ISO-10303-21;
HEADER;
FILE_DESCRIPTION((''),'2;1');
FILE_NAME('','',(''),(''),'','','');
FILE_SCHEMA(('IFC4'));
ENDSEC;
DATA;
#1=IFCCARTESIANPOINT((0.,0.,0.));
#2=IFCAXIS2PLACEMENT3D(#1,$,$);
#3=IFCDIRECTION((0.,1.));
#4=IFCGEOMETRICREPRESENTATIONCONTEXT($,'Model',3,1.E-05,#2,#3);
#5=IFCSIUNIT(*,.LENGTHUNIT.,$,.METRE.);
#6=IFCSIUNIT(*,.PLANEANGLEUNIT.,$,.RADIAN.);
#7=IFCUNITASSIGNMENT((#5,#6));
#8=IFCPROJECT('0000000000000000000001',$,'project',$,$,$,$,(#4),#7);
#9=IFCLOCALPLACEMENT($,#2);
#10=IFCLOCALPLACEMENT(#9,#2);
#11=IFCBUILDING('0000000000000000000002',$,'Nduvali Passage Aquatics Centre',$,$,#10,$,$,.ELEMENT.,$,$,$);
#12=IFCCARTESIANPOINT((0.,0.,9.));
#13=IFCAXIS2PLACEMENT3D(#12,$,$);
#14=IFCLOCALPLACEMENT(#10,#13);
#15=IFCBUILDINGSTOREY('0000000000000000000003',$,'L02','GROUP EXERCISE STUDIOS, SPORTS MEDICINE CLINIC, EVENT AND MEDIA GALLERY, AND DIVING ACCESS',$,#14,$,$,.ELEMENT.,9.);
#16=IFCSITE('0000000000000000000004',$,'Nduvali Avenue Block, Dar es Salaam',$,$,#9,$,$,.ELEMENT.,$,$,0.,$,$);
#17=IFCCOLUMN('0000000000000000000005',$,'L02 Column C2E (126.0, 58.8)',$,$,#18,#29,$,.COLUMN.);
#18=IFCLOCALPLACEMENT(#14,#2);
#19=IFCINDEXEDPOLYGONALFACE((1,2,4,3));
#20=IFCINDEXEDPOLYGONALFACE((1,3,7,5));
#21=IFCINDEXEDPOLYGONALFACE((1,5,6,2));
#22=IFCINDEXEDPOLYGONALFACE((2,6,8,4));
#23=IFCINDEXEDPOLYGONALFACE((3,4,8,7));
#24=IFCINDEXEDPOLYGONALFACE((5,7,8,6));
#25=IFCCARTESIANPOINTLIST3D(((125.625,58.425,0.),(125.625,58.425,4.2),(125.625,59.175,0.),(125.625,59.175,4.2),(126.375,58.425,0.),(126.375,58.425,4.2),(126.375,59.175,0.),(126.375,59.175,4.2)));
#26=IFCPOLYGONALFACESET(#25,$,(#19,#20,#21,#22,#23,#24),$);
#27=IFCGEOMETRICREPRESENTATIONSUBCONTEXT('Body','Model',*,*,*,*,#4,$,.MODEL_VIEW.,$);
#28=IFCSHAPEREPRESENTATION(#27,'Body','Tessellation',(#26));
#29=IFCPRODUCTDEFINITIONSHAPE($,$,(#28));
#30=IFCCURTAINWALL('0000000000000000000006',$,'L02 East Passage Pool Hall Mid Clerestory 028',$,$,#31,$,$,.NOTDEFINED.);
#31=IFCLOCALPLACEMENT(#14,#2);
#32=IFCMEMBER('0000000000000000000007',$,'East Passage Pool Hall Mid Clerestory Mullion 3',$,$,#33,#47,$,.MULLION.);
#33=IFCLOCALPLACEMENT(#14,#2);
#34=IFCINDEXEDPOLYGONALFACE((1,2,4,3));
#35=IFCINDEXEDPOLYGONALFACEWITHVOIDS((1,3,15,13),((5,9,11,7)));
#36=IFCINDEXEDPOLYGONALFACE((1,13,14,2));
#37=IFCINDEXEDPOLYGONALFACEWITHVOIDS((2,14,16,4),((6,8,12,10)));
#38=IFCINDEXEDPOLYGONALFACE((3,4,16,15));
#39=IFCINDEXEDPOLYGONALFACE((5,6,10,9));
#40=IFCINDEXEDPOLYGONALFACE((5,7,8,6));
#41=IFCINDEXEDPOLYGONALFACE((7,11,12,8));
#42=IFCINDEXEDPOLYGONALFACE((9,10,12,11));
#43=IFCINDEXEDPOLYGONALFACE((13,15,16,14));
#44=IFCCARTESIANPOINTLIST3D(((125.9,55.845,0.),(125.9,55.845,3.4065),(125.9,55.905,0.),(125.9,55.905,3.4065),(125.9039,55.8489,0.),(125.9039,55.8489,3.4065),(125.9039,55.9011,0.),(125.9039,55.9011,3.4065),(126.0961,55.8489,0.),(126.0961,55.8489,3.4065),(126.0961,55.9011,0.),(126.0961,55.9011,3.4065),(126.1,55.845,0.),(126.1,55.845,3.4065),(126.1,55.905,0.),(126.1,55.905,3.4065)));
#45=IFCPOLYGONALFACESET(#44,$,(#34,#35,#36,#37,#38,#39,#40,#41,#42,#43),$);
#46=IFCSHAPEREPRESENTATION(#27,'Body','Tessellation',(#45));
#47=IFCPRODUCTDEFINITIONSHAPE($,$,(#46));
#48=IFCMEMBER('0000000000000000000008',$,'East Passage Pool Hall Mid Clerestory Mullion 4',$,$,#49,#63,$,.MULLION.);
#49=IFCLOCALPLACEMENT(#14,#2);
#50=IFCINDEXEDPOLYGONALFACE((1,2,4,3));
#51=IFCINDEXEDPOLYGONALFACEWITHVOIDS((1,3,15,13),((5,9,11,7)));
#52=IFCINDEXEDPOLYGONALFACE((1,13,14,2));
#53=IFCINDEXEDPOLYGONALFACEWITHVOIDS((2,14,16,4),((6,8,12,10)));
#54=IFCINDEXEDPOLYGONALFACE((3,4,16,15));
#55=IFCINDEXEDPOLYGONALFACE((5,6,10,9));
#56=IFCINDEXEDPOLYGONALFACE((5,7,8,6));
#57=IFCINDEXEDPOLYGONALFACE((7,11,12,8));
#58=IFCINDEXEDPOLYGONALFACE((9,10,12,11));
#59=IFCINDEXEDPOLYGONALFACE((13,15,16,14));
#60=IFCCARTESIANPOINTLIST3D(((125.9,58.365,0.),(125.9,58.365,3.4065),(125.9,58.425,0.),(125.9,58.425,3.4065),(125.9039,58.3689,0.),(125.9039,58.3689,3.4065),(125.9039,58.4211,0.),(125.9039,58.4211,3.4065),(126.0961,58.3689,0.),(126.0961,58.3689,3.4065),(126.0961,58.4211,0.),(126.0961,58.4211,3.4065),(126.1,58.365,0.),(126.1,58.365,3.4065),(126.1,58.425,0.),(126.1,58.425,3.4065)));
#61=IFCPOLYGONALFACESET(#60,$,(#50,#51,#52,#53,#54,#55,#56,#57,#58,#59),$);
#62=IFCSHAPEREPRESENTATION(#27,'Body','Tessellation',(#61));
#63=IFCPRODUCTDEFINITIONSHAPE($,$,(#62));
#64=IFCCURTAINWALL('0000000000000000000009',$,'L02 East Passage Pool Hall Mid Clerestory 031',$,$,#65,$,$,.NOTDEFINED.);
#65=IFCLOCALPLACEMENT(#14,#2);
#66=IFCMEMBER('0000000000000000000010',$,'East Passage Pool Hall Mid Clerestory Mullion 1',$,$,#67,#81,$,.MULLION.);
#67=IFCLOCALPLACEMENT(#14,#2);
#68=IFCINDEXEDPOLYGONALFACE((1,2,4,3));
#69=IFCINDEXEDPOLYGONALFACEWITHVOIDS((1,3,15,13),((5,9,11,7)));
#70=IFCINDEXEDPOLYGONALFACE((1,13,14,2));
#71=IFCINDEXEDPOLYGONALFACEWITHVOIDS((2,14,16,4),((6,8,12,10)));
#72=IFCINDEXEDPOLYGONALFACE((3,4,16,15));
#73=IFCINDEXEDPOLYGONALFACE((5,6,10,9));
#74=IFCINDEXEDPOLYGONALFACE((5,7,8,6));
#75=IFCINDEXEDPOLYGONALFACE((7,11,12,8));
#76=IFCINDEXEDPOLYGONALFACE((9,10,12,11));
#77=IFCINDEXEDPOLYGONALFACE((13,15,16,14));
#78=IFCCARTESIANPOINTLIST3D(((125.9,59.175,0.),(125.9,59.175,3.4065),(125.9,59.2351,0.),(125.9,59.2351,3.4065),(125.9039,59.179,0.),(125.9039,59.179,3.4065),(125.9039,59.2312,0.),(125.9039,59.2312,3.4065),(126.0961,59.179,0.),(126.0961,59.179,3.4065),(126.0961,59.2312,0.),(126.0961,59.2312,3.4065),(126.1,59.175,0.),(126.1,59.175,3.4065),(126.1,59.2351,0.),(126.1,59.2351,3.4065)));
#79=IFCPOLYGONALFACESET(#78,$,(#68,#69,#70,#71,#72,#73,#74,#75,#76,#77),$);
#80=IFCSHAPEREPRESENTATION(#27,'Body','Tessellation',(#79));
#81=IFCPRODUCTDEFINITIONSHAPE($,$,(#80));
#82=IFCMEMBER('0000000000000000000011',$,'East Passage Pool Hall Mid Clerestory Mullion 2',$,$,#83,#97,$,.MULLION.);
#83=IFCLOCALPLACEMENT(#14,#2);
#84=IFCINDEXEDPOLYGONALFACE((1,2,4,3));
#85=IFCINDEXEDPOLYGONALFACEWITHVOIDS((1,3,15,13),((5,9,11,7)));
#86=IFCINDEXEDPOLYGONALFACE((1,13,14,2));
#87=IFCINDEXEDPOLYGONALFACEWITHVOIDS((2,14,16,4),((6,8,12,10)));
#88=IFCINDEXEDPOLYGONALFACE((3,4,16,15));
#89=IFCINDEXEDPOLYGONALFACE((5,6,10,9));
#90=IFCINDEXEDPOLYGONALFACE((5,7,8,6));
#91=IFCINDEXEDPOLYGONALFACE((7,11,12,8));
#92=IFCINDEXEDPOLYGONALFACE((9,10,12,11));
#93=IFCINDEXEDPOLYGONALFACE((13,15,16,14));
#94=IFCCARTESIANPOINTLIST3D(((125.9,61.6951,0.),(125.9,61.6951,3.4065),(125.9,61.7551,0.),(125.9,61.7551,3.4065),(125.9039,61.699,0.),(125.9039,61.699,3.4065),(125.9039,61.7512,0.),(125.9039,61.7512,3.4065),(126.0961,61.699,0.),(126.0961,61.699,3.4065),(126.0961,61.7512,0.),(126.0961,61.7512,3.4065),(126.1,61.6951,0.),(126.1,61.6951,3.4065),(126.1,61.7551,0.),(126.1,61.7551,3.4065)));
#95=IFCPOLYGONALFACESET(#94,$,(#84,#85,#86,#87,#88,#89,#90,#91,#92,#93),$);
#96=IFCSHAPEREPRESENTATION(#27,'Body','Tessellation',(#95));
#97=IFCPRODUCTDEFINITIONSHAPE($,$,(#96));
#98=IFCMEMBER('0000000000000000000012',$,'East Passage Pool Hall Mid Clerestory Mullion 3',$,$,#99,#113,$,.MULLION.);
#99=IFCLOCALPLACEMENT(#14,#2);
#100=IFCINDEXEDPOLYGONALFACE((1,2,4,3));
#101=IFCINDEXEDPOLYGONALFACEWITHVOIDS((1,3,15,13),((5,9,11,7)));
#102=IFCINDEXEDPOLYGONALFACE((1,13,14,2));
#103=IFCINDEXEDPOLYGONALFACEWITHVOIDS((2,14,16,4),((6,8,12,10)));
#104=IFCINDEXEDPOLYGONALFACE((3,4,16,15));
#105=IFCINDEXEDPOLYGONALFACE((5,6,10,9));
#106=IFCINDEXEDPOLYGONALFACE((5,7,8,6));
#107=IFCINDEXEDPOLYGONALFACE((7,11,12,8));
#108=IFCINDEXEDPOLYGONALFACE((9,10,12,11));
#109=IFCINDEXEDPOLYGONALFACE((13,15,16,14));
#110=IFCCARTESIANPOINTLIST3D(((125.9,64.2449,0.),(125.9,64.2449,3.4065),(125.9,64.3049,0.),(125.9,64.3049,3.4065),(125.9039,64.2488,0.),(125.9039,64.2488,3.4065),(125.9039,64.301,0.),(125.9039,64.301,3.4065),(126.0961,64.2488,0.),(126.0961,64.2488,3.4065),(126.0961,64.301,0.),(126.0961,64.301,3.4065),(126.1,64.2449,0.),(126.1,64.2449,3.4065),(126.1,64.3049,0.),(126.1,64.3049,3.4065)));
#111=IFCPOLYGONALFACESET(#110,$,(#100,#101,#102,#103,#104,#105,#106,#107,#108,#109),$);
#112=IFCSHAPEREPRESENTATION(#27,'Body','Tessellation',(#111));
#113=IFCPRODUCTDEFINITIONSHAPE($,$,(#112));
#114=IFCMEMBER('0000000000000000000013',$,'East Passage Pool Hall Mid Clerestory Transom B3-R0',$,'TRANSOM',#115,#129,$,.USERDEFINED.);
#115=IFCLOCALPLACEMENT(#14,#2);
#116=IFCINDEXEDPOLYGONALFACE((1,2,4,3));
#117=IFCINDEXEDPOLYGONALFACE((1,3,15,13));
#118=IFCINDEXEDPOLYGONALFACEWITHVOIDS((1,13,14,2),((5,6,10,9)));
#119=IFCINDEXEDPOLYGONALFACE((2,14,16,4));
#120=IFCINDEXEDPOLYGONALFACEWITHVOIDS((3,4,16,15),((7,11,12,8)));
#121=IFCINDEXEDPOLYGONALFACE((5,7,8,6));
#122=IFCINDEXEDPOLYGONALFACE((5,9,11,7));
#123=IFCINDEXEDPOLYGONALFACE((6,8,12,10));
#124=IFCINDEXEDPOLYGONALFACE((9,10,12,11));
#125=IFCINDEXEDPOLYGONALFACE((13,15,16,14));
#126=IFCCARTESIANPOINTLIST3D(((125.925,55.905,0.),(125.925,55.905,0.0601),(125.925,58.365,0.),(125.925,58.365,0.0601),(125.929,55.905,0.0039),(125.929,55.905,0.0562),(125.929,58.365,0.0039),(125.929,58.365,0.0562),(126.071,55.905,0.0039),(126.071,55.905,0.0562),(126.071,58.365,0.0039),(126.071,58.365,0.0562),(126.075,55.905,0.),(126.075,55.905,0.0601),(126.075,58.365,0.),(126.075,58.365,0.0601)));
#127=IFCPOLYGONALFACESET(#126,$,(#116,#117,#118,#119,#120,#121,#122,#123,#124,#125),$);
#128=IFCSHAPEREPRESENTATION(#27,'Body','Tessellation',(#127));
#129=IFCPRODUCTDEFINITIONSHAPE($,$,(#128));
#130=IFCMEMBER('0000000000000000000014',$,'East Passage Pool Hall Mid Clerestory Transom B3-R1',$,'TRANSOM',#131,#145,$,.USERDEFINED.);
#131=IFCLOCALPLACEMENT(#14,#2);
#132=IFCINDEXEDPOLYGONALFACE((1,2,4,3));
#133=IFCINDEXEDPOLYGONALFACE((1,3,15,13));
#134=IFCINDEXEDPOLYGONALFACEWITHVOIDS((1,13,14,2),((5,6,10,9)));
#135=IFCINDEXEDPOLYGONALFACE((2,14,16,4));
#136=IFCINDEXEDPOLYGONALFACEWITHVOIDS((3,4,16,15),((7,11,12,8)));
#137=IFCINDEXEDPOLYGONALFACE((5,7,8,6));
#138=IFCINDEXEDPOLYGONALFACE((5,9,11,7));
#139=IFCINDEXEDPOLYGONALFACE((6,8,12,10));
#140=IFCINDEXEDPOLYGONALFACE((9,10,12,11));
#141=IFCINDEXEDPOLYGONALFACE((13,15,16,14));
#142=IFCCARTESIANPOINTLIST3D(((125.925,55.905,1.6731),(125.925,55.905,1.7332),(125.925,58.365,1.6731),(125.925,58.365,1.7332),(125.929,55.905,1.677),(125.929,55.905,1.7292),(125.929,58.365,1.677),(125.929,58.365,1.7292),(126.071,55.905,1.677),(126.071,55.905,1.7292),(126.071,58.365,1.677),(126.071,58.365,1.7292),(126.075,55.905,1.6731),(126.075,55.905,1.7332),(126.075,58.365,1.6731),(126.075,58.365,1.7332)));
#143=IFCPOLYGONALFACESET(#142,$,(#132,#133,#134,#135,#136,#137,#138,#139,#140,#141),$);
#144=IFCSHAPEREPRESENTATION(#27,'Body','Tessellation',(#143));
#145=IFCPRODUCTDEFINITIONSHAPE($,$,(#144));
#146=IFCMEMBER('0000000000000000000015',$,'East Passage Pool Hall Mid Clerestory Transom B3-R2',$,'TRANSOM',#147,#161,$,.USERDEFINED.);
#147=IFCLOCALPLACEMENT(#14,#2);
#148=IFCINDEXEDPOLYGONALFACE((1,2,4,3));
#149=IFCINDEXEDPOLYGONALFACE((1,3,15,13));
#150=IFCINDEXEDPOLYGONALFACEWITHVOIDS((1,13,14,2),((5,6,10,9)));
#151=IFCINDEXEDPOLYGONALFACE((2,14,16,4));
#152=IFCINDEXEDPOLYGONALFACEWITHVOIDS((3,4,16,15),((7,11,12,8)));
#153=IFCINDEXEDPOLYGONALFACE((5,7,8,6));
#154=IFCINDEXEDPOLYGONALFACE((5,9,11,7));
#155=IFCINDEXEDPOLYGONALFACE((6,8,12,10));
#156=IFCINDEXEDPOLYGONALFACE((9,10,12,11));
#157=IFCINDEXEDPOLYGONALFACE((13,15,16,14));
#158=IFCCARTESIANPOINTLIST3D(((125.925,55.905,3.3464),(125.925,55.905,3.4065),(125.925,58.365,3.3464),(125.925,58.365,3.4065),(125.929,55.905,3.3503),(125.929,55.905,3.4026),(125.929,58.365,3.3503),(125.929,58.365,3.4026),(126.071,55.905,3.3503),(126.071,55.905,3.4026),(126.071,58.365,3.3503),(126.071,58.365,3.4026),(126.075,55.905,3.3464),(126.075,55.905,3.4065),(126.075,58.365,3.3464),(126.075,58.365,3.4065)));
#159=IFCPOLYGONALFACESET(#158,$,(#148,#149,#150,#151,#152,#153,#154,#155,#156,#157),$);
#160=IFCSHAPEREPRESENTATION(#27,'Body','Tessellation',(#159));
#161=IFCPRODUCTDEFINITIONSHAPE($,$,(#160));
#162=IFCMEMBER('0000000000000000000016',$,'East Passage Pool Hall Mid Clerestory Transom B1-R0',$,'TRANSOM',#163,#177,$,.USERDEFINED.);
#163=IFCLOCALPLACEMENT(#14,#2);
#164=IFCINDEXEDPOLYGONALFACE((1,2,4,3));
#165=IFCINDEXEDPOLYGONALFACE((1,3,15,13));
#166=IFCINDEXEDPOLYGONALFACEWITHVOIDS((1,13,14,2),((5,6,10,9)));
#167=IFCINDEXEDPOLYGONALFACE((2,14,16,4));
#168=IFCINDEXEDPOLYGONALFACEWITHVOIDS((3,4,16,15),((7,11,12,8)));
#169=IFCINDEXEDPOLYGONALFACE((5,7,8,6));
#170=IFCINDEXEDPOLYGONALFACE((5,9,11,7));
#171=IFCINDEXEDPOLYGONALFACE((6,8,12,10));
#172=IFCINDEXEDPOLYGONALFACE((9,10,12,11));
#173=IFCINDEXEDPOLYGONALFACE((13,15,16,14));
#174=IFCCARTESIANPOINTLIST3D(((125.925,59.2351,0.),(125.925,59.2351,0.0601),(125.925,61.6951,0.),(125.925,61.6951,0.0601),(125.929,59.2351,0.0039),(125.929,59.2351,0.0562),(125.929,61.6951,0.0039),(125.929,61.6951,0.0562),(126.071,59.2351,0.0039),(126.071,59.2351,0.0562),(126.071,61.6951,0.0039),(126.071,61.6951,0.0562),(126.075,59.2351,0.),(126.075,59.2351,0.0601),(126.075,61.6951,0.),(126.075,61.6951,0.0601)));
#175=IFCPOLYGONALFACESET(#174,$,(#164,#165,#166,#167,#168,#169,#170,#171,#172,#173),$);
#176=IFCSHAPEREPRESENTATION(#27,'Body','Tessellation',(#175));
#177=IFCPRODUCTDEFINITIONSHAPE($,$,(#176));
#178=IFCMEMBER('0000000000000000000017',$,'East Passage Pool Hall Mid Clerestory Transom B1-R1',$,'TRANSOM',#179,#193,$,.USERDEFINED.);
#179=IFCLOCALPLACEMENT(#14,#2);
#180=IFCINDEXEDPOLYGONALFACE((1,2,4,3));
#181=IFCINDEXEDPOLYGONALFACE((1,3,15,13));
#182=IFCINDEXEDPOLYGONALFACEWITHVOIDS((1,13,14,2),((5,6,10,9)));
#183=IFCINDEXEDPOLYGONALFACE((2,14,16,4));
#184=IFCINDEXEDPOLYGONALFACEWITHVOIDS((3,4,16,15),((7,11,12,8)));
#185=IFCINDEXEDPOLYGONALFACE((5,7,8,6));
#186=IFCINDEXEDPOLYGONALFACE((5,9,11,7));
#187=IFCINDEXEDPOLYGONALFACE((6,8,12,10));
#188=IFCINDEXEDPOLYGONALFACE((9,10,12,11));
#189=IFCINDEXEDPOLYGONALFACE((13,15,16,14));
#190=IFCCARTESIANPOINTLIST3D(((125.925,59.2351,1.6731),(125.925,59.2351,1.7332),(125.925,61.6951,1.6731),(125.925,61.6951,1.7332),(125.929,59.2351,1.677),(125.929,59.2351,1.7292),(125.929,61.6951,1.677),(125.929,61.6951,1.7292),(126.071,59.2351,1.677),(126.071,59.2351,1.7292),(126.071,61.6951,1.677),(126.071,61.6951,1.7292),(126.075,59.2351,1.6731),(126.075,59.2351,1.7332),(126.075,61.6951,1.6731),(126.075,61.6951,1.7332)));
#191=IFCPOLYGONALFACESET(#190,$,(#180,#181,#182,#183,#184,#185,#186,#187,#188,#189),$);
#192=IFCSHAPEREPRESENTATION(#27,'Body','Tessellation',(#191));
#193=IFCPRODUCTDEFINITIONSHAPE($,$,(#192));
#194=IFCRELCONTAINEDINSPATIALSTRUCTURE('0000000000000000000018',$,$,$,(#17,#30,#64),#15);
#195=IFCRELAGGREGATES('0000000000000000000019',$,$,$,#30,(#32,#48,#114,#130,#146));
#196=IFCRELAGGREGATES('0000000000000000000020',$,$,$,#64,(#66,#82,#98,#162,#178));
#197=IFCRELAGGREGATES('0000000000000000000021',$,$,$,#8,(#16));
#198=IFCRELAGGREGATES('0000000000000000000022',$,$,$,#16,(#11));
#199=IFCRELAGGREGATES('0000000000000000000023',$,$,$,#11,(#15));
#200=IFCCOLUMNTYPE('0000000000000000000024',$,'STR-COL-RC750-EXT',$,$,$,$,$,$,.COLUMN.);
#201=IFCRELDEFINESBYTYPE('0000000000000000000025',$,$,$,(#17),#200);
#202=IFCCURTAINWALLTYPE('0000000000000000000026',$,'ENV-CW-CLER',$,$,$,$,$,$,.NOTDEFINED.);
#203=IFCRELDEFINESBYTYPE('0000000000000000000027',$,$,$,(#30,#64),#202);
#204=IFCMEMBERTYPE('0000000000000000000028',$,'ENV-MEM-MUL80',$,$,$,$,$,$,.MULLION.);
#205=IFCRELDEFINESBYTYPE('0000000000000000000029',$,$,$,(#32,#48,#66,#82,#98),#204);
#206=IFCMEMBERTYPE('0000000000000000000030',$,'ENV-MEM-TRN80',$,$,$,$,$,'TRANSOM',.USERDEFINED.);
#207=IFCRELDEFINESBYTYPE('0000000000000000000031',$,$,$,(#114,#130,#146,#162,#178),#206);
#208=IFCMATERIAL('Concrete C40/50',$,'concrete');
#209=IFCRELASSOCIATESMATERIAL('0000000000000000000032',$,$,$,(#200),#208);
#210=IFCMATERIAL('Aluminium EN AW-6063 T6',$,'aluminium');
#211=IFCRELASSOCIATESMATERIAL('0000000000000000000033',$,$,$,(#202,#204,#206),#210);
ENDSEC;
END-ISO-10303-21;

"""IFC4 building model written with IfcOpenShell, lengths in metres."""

from ifc_helpers import new_model, si_unit, direction, frame, origin, origin_2d, place, context, subcontext, project, spatial, rectangle, hollow_rectangle, extrude, material, material_profile, profile_set, type_object, element, aggregate, save


model = new_model("IFC4")

# Units and contexts
model_context = context("Model", 3, precision=1e-05, world=origin(), true_north=direction((0.0, 1.0)))
body_context = subcontext(model_context, "Body", "Model", "MODEL_VIEW")
ifc_project = project(units=[si_unit("LENGTHUNIT", "METRE"), si_unit("PLANEANGLEUNIT", "RADIAN")], contexts=[model_context])

# Site, building, storey
site_placement = place(None, origin())
site = spatial("IfcSite", under=ifc_project, at=site_placement, Name="Nduvali Avenue Block, Dar es Salaam", CompositionType="ELEMENT", RefElevation=0.0)
building_placement = place(site_placement, origin())
building = spatial("IfcBuilding", under=site, at=building_placement, Name="Nduvali Passage Aquatics Centre", CompositionType="ELEMENT")
storey_placement = place(building_placement, frame((0.0, 0.0, 9.0)))
storey = spatial("IfcBuildingStorey", under=building, at=storey_placement, Name="L02", Description="GROUP EXERCISE STUDIOS, SPORTS MEDICINE CLINIC, EVENT AND MEDIA GALLERY, AND DIVING ACCESS", CompositionType="ELEMENT", Elevation=9.0)

# Column
ifc_material_1 = material(Name="Concrete C40/50", Category="concrete")
ifc_material_profile_1 = material_profile(ifc_material_1, rectangle(XDim=0.75, YDim=0.75, at=origin_2d()), Name="RC 750x750")
ifc_profile_set_1 = profile_set([ifc_material_profile_1], Name="Concrete C40/50")
column_type = type_object("IfcColumnType", Name="STR-COL-RC750-EXT", PredefinedType="COLUMN", material=ifc_profile_set_1)
column_placement = place(storey_placement, frame((126.0, 58.8, 0.0), z_axis=(0.0, 0.0, 1.0), x_axis=(1.0, 0.0, 0.0)))
element("IfcColumn", 1, at=column_placement, inside=storey, type_object=column_type, Name="L02 Column C2E (126.0, 58.8)", PredefinedType="COLUMN", context=body_context, shape_type="SweptSolid", body=[
    extrude(rectangle(XDim=0.75, YDim=0.75, at=origin_2d()), origin(), (0.0, 0.0, 1.0), 4.2),
])

# Curtain walls, members
ifc_material_2 = material(Name="Aluminium EN AW-6063 T6", Category="aluminium")
curtain_wall_type = type_object("IfcCurtainWallType", Name="ENV-CW-CLER", PredefinedType="NOTDEFINED", material=ifc_material_2)
curtain_wall_1_placement = place(storey_placement, origin())
curtain_wall_1 = element("IfcCurtainWall", 2, at=curtain_wall_1_placement, inside=storey, type_object=curtain_wall_type, Name="L02 East Passage Pool Hall Mid Clerestory 028", PredefinedType="NOTDEFINED")
ifc_material_profile_2 = material_profile(ifc_material_2, hollow_rectangle(XDim=0.0601, YDim=0.2, WallThickness=0.0039, at=origin_2d()), Name="ALU MULLION 60x200x4")
ifc_profile_set_2 = profile_set([ifc_material_profile_2], Name="Aluminium EN AW-6063 T6")
member_type_1 = type_object("IfcMemberType", Name="ENV-MEM-MUL80", PredefinedType="MULLION", material=ifc_profile_set_2)
member_1_placement = place(storey_placement, frame((126.0, 55.875, 0.0), z_axis=(0.0, 0.0, 1.0), x_axis=(0.0, 1.0, 0.0)))
member_1 = element("IfcMember", 3, at=member_1_placement, type_object=member_type_1, Name="East Passage Pool Hall Mid Clerestory Mullion 3", PredefinedType="MULLION", context=body_context, shape_type="SweptSolid", body=[
    extrude(hollow_rectangle(XDim=0.0601, YDim=0.2, WallThickness=0.0039, at=origin_2d()), origin(), (0.0, 0.0, 1.0), 3.4065),
])
member_2_placement = place(storey_placement, frame((126.0, 58.395, 0.0), z_axis=(0.0, 0.0, 1.0), x_axis=(0.0, 1.0, 0.0)))
member_2 = element("IfcMember", 4, at=member_2_placement, type_object=member_type_1, Name="East Passage Pool Hall Mid Clerestory Mullion 4", PredefinedType="MULLION", context=body_context, shape_type="SweptSolid", body=[
    extrude(hollow_rectangle(XDim=0.0601, YDim=0.2, WallThickness=0.0039, at=origin_2d()), origin(), (0.0, 0.0, 1.0), 3.4065),
])
curtain_wall_2_placement = place(storey_placement, origin())
curtain_wall_2 = element("IfcCurtainWall", 5, at=curtain_wall_2_placement, inside=storey, type_object=curtain_wall_type, Name="L02 East Passage Pool Hall Mid Clerestory 031", PredefinedType="NOTDEFINED")
member_3_placement = place(storey_placement, frame((126.0, 59.2051, 0.0), z_axis=(0.0, 0.0, 1.0), x_axis=(0.0, 1.0, 0.0)))
member_3 = element("IfcMember", 6, at=member_3_placement, type_object=member_type_1, Name="East Passage Pool Hall Mid Clerestory Mullion 1", PredefinedType="MULLION", context=body_context, shape_type="SweptSolid", body=[
    extrude(hollow_rectangle(XDim=0.0601, YDim=0.2, WallThickness=0.0039, at=origin_2d()), origin(), (0.0, 0.0, 1.0), 3.4065),
])
member_4_placement = place(storey_placement, frame((126.0, 61.7251, 0.0), z_axis=(0.0, 0.0, 1.0), x_axis=(0.0, 1.0, 0.0)))
member_4 = element("IfcMember", 7, at=member_4_placement, type_object=member_type_1, Name="East Passage Pool Hall Mid Clerestory Mullion 2", PredefinedType="MULLION", context=body_context, shape_type="SweptSolid", body=[
    extrude(hollow_rectangle(XDim=0.0601, YDim=0.2, WallThickness=0.0039, at=origin_2d()), origin(), (0.0, 0.0, 1.0), 3.4065),
])
member_5_placement = place(storey_placement, frame((126.0, 64.2749, 0.0), z_axis=(0.0, 0.0, 1.0), x_axis=(0.0, 1.0, 0.0)))
member_5 = element("IfcMember", 8, at=member_5_placement, type_object=member_type_1, Name="East Passage Pool Hall Mid Clerestory Mullion 3", PredefinedType="MULLION", context=body_context, shape_type="SweptSolid", body=[
    extrude(hollow_rectangle(XDim=0.0601, YDim=0.2, WallThickness=0.0039, at=origin_2d()), origin(), (0.0, 0.0, 1.0), 3.4065),
])

# Members
ifc_material_profile_3 = material_profile(ifc_material_2, hollow_rectangle(XDim=0.1499, YDim=0.0601, WallThickness=0.0039, at=origin_2d()), Name="ALU TRANSOM 150x60x4")
ifc_profile_set_3 = profile_set([ifc_material_profile_3], Name="Aluminium EN AW-6063 T6")
member_type_2 = type_object("IfcMemberType", Name="ENV-MEM-TRN80", ElementType="TRANSOM", PredefinedType="USERDEFINED", material=ifc_profile_set_3)
member_6_placement = place(storey_placement, frame((126.0, 55.905, 0.03), z_axis=(0.0, 1.0, 0.0), x_axis=(-1.0, 0.0, 0.0)))
member_6 = element("IfcMember", 9, at=member_6_placement, type_object=member_type_2, Name="East Passage Pool Hall Mid Clerestory Transom B3-R0", ObjectType="TRANSOM", PredefinedType="USERDEFINED", context=body_context, shape_type="SweptSolid", body=[
    extrude(hollow_rectangle(XDim=0.1499, YDim=0.0601, WallThickness=0.0039, at=origin_2d()), origin(), (0.0, 0.0, 1.0), 2.46),
])
member_7_placement = place(storey_placement, frame((126.0, 55.905, 1.7031), z_axis=(0.0, 1.0, 0.0), x_axis=(-1.0, 0.0, 0.0)))
member_7 = element("IfcMember", 10, at=member_7_placement, type_object=member_type_2, Name="East Passage Pool Hall Mid Clerestory Transom B3-R1", ObjectType="TRANSOM", PredefinedType="USERDEFINED", context=body_context, shape_type="SweptSolid", body=[
    extrude(hollow_rectangle(XDim=0.1499, YDim=0.0601, WallThickness=0.0039, at=origin_2d()), origin(), (0.0, 0.0, 1.0), 2.46),
])
member_8_placement = place(storey_placement, frame((126.0, 55.905, 3.3765), z_axis=(0.0, 1.0, 0.0), x_axis=(-1.0, 0.0, 0.0)))
member_8 = element("IfcMember", 11, at=member_8_placement, type_object=member_type_2, Name="East Passage Pool Hall Mid Clerestory Transom B3-R2", ObjectType="TRANSOM", PredefinedType="USERDEFINED", context=body_context, shape_type="SweptSolid", body=[
    extrude(hollow_rectangle(XDim=0.1499, YDim=0.0601, WallThickness=0.0039, at=origin_2d()), origin(), (0.0, 0.0, 1.0), 2.46),
])
member_9_placement = place(storey_placement, frame((126.0, 59.2351, 0.03), z_axis=(0.0, 1.0, 0.0), x_axis=(-1.0, 0.0, 0.0)))
member_9 = element("IfcMember", 12, at=member_9_placement, type_object=member_type_2, Name="East Passage Pool Hall Mid Clerestory Transom B1-R0", ObjectType="TRANSOM", PredefinedType="USERDEFINED", context=body_context, shape_type="SweptSolid", body=[
    extrude(hollow_rectangle(XDim=0.1499, YDim=0.0601, WallThickness=0.0039, at=origin_2d()), origin(), (0.0, 0.0, 1.0), 2.46),
])
member_10_placement = place(storey_placement, frame((126.0, 59.2351, 1.7031), z_axis=(0.0, 1.0, 0.0), x_axis=(-1.0, 0.0, 0.0)))
member_10 = element("IfcMember", 13, at=member_10_placement, type_object=member_type_2, Name="East Passage Pool Hall Mid Clerestory Transom B1-R1", ObjectType="TRANSOM", PredefinedType="USERDEFINED", context=body_context, shape_type="SweptSolid", body=[
    extrude(hollow_rectangle(XDim=0.1499, YDim=0.0601, WallThickness=0.0039, at=origin_2d()), origin(), (0.0, 0.0, 1.0), 2.46),
])

aggregate(curtain_wall_1, [member_1, member_2, member_6, member_7, member_8])
aggregate(curtain_wall_2, [member_3, member_4, member_5, member_9, member_10])

save(model, "model.ifc")
